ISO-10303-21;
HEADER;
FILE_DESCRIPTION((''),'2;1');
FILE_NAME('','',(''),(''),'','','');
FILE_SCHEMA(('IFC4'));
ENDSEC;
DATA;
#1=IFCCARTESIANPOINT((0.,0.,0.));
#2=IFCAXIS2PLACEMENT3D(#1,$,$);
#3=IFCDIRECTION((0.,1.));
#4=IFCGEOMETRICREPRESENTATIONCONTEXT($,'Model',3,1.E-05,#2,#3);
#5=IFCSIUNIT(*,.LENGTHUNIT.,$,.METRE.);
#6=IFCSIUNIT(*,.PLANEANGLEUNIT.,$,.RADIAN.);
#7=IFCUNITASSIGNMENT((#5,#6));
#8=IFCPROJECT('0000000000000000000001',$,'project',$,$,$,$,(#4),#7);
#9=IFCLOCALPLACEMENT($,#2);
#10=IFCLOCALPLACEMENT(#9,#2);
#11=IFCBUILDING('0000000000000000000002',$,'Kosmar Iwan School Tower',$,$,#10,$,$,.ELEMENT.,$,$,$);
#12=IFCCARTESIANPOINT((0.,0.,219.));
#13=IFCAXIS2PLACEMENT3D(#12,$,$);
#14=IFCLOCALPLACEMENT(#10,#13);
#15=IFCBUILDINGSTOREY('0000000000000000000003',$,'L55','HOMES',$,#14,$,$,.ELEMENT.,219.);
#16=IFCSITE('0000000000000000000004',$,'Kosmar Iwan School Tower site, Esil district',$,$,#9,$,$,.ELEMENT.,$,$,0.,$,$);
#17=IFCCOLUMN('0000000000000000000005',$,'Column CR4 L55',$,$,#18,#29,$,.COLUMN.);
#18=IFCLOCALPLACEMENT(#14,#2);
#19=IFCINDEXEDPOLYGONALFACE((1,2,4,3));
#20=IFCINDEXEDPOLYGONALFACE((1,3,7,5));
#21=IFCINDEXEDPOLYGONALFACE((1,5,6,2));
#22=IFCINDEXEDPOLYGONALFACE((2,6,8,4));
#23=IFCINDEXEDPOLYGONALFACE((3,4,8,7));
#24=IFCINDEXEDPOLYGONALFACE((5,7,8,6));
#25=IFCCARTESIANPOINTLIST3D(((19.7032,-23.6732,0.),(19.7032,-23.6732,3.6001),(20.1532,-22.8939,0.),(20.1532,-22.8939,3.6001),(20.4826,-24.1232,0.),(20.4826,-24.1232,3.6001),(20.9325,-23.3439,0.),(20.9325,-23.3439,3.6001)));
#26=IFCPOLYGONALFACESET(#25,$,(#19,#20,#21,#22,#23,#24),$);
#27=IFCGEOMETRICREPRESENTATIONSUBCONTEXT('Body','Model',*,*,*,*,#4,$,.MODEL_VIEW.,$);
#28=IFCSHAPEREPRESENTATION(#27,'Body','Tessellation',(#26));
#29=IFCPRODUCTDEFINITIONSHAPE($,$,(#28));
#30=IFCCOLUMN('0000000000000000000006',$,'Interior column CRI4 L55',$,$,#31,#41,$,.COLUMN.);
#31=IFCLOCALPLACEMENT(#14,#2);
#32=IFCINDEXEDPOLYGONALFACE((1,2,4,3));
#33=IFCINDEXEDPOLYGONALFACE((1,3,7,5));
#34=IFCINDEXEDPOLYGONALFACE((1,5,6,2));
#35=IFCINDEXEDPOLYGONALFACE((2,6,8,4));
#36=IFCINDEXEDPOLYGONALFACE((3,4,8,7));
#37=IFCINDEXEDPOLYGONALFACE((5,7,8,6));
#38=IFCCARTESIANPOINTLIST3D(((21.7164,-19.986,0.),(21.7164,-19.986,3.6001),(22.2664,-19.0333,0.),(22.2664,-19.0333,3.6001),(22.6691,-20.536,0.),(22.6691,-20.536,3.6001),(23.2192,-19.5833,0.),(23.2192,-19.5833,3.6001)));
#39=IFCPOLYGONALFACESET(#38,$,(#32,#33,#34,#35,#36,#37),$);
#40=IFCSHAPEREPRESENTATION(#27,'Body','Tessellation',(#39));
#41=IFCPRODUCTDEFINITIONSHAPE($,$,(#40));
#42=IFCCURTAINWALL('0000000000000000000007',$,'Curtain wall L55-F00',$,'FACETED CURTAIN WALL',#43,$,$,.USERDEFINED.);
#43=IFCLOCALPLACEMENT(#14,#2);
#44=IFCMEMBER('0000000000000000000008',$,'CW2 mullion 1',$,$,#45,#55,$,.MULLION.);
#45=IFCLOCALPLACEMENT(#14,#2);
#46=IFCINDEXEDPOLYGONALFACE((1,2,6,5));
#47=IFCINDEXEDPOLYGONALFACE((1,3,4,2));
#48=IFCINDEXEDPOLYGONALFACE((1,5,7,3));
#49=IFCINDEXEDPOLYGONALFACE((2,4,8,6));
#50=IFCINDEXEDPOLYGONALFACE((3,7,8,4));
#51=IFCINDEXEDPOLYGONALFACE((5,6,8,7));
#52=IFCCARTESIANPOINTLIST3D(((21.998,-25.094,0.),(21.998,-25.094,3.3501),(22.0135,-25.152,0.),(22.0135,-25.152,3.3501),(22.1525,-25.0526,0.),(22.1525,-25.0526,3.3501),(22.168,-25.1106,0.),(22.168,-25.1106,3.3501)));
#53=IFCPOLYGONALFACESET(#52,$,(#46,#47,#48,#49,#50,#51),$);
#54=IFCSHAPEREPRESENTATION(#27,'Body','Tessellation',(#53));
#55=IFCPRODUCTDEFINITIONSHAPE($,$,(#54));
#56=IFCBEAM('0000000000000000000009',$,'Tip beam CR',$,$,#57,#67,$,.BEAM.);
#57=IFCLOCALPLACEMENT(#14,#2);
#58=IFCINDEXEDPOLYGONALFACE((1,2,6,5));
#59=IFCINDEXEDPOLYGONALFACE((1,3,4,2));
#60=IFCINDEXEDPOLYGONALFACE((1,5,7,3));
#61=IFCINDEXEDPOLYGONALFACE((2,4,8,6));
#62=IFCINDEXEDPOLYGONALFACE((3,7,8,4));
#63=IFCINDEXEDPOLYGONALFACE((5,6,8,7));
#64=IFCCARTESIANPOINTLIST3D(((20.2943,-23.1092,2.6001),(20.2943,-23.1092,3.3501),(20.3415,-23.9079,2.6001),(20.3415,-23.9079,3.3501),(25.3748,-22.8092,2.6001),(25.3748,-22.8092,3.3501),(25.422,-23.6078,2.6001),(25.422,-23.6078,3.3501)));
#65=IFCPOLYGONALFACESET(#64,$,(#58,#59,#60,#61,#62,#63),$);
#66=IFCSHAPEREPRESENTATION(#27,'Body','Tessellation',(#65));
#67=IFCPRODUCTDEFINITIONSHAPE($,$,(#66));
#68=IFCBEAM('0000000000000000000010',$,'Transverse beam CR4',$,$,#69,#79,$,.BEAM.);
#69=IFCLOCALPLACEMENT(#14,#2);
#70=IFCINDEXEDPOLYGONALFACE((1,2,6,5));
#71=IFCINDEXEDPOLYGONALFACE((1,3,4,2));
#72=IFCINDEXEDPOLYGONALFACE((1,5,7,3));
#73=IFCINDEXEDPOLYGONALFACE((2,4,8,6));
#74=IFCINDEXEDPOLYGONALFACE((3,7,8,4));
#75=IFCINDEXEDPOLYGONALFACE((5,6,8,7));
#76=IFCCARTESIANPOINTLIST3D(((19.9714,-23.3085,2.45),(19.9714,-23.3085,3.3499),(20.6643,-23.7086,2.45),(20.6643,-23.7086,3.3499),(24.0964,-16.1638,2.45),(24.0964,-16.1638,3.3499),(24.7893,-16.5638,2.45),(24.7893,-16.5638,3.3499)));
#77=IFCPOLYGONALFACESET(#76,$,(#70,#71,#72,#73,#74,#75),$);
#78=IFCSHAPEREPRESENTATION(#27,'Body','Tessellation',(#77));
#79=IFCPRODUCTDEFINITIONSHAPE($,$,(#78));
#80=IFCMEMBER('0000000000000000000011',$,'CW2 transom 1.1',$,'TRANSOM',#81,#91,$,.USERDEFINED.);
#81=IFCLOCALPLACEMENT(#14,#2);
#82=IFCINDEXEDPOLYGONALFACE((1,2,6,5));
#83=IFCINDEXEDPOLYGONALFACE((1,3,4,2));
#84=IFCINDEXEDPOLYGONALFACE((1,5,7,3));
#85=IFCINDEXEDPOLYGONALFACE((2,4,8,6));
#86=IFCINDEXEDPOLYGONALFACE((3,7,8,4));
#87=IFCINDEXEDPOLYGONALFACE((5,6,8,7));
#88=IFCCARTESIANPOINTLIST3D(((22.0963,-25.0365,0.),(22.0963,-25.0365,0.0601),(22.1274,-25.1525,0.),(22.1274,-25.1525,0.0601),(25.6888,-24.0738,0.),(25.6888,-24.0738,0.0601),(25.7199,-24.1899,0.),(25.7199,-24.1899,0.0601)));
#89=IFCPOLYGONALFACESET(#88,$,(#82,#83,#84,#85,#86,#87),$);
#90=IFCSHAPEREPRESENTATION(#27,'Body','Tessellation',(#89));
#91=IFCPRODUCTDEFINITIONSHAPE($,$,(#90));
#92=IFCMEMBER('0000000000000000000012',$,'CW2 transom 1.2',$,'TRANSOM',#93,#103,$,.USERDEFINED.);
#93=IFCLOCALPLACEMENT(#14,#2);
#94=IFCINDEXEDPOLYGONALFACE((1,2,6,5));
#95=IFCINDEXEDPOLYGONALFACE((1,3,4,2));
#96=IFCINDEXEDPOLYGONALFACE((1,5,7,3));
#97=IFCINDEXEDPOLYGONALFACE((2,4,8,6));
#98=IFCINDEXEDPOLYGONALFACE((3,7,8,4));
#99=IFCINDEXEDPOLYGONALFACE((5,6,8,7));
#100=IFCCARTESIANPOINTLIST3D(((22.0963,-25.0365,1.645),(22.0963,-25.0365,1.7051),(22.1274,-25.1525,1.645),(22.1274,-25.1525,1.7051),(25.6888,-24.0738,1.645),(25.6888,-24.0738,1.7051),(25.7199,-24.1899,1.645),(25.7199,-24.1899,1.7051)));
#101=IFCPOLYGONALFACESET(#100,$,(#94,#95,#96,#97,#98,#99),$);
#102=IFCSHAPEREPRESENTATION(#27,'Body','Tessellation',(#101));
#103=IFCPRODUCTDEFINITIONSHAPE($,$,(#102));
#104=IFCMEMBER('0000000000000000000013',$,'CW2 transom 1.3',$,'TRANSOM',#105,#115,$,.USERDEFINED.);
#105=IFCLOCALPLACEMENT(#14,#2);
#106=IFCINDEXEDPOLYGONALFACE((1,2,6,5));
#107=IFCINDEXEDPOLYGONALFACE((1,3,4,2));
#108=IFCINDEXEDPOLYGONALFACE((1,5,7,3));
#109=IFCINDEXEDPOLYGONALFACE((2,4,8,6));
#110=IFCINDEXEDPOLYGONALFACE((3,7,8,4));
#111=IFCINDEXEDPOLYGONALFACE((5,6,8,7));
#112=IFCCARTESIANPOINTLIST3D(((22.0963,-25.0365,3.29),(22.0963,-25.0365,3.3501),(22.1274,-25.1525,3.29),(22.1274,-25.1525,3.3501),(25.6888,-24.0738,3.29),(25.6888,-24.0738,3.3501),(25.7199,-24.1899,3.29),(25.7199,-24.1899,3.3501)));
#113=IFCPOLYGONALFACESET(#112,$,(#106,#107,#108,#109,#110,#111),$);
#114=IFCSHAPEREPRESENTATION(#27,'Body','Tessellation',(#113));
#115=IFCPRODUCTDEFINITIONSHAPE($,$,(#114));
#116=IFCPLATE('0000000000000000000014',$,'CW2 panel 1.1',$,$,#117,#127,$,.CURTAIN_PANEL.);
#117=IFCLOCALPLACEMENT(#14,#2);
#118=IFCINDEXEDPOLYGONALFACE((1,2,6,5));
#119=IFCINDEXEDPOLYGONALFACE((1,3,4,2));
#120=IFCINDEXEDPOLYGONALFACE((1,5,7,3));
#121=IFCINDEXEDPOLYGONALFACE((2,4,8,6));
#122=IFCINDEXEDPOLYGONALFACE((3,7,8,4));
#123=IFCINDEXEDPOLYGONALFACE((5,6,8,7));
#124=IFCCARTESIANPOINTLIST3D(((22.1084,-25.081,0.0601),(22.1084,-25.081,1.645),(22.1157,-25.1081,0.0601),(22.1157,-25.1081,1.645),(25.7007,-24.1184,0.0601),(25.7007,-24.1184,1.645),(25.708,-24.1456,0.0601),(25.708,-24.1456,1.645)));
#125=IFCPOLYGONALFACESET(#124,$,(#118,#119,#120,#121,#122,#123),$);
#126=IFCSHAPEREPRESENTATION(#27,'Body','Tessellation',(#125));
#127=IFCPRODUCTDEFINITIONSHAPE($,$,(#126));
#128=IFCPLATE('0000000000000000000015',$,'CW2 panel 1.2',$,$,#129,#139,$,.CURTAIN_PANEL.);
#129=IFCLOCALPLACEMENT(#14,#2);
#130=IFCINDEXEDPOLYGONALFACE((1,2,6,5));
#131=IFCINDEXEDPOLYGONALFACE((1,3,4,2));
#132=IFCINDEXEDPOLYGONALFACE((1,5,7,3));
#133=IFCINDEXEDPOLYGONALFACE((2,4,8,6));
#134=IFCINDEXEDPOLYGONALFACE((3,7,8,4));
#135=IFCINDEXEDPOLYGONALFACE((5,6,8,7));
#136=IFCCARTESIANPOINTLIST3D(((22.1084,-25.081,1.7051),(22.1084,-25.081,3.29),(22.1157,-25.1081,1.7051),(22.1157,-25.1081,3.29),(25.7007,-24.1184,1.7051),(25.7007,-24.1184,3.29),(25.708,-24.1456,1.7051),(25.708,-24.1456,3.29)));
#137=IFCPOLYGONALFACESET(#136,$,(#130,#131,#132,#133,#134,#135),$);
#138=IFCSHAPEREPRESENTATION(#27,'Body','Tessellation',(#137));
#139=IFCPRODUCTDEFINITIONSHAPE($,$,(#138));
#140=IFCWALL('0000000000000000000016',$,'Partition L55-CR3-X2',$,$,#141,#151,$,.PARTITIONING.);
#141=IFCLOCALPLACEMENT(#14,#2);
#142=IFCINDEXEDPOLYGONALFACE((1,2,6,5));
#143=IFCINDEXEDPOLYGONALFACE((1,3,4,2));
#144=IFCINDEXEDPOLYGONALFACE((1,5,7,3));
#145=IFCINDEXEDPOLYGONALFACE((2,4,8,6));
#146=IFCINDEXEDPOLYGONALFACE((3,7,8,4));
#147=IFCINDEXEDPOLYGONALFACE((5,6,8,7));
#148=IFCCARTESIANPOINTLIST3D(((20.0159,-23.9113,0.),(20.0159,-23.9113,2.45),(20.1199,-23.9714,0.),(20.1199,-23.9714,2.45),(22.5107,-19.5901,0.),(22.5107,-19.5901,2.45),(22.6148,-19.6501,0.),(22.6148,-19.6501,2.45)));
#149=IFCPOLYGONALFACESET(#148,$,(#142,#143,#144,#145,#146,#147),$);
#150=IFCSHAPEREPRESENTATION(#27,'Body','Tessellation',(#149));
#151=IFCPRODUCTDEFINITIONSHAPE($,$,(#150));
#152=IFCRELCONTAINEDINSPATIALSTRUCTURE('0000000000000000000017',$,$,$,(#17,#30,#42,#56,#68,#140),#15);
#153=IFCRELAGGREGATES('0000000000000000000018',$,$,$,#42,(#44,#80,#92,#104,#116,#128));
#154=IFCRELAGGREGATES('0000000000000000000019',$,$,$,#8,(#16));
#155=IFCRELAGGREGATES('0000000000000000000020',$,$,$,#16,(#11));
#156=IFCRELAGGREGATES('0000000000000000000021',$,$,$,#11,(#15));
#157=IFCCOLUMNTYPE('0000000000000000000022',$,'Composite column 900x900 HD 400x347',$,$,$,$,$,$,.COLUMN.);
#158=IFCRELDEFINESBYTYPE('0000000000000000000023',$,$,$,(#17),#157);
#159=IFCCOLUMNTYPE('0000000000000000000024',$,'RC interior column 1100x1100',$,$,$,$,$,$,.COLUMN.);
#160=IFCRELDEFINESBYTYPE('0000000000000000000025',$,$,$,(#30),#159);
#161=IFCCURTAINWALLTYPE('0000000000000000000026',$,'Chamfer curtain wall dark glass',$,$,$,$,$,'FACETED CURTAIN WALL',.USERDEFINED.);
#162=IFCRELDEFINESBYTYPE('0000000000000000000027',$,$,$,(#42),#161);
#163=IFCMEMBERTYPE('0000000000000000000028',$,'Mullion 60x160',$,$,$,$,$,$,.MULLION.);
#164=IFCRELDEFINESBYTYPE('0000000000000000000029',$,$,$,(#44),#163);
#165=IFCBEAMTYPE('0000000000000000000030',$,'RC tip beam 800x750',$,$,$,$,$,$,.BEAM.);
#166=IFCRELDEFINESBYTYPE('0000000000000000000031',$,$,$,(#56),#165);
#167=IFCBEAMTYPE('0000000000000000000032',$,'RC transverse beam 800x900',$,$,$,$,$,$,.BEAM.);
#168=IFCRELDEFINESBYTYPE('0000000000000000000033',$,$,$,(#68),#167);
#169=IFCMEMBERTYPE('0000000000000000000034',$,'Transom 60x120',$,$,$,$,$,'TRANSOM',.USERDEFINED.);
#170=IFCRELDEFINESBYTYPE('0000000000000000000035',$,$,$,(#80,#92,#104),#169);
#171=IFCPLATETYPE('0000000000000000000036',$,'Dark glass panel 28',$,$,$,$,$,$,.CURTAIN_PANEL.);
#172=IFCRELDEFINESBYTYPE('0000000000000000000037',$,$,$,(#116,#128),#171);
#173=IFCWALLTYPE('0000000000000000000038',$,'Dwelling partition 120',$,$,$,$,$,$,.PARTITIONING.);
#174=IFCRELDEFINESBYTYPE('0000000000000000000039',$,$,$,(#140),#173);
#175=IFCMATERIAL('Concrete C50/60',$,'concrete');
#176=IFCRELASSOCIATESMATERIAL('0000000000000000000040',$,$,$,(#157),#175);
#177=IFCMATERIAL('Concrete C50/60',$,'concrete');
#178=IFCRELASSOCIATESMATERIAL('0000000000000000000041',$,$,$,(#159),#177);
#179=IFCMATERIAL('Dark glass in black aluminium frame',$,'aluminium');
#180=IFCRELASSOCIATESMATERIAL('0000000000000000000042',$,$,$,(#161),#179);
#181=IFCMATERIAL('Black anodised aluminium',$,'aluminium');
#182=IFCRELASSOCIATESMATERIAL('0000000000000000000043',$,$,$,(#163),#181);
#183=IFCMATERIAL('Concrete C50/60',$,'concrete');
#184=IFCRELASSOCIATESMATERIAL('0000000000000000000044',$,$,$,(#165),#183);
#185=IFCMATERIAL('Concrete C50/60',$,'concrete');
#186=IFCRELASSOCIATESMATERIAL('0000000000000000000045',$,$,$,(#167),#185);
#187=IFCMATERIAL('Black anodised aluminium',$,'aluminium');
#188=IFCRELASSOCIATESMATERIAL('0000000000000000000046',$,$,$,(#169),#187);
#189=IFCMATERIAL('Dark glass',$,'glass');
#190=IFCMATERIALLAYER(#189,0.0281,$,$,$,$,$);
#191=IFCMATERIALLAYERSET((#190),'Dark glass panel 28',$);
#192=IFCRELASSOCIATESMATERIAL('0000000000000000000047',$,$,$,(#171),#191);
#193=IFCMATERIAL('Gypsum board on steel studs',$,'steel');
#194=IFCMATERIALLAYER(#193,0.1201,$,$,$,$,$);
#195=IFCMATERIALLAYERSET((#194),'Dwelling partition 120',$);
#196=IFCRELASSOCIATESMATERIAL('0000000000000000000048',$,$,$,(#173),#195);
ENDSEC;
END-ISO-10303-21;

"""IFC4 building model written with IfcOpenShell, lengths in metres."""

from ifc_helpers import new_model, si_unit, direction, frame, frame_2d, origin, origin_2d, place, context, subcontext, project, spatial, rectangle, extrude, material, layer, layer_set, material_profile, profile_set, type_object, element, aggregate, save


model = new_model("IFC4")

# Units and contexts
model_context = context("Model", 3, precision=1e-05, world=origin(), true_north=direction((0.0, 1.0)))
body_context = subcontext(model_context, "Body", "Model", "MODEL_VIEW")
ifc_project = project(units=[si_unit("LENGTHUNIT", "METRE"), si_unit("PLANEANGLEUNIT", "RADIAN")], contexts=[model_context])

# Site, building, storey
site_placement = place(None, origin())
site = spatial("IfcSite", under=ifc_project, at=site_placement, Name="Kosmar Iwan School Tower site, Esil district", CompositionType="ELEMENT", RefElevation=0.0)
building_placement = place(site_placement, origin())
building = spatial("IfcBuilding", under=site, at=building_placement, Name="Kosmar Iwan School Tower", CompositionType="ELEMENT")
storey_placement = place(building_placement, frame((0.0, 0.0, 219.0)))
storey = spatial("IfcBuildingStorey", under=building, at=storey_placement, Name="L55", Description="HOMES", CompositionType="ELEMENT", Elevation=219.0)

# Columns
ifc_material_1 = material(Name="Concrete C50/60", Category="concrete")
ifc_material_profile_1 = material_profile(ifc_material_1, rectangle(XDim=0.8999, YDim=0.8999, at=origin_2d()), Name="RC 900x900 + HD 400x347")
ifc_profile_set_1 = profile_set([ifc_material_profile_1], Name="Concrete C50/60")
column_type_1 = type_object("IfcColumnType", Name="Composite column 900x900 HD 400x347", PredefinedType="COLUMN", material=ifc_profile_set_1)
column_1_placement = place(storey_placement, frame((20.3179, -23.5085, 0.0), z_axis=(0.0, 0.0, 1.0), x_axis=(0.866025, -0.5, 0.0)))
element("IfcColumn", 1, at=column_1_placement, inside=storey, type_object=column_type_1, Name="Column CR4 L55", PredefinedType="COLUMN", context=body_context, shape_type="SweptSolid", body=[
    extrude(rectangle(XDim=0.8999, YDim=0.8999, at=origin_2d()), origin(), (0.0, 0.0, 1.0), 3.6001),
])
ifc_material_2 = material(Name="Concrete C50/60", Category="concrete")
ifc_material_profile_2 = material_profile(ifc_material_2, rectangle(XDim=1.1001, YDim=1.1001, at=origin_2d()), Name="RC 1100x1100")
ifc_profile_set_2 = profile_set([ifc_material_profile_2], Name="Concrete C50/60")
column_type_2 = type_object("IfcColumnType", Name="RC interior column 1100x1100", PredefinedType="COLUMN", material=ifc_profile_set_2)
column_2_placement = place(storey_placement, frame((22.4678, -19.7847, 0.0), z_axis=(0.0, 0.0, 1.0), x_axis=(0.866025, -0.5, 0.0)))
element("IfcColumn", 2, at=column_2_placement, inside=storey, type_object=column_type_2, Name="Interior column CRI4 L55", PredefinedType="COLUMN", context=body_context, shape_type="SweptSolid", body=[
    extrude(rectangle(XDim=1.1001, YDim=1.1001, at=origin_2d()), origin(), (0.0, 0.0, 1.0), 3.6001),
])

# Curtain wall, member
ifc_material_3 = material(Name="Dark glass in black aluminium frame", Category="aluminium")
curtain_wall_type = type_object("IfcCurtainWallType", Name="Chamfer curtain wall dark glass", ElementType="FACETED CURTAIN WALL", PredefinedType="USERDEFINED", material=ifc_material_3)
curtain_wall_placement = place(storey_placement, origin())
curtain_wall = element("IfcCurtainWall", 3, at=curtain_wall_placement, inside=storey, type_object=curtain_wall_type, Name="Curtain wall L55-F00", ObjectType="FACETED CURTAIN WALL", PredefinedType="USERDEFINED")
ifc_material_4 = material(Name="Black anodised aluminium", Category="aluminium")
ifc_material_profile_3 = material_profile(ifc_material_4, rectangle(XDim=0.0601, YDim=0.1599, at=origin_2d()), Name="MULLION 60x160")
ifc_profile_set_3 = profile_set([ifc_material_profile_3], Name="Black anodised aluminium")
member_type_1 = type_object("IfcMemberType", Name="Mullion 60x160", PredefinedType="MULLION", material=ifc_profile_set_3)
member_1_placement = place(storey_placement, frame((22.083, -25.1023, 0.0), z_axis=(0.0, 0.0, 1.0), x_axis=(-0.258819, 0.965926, 0.0)))
member_1 = element("IfcMember", 4, at=member_1_placement, type_object=member_type_1, Name="CW2 mullion 1", PredefinedType="MULLION", context=body_context, shape_type="SweptSolid", body=[
    extrude(rectangle(XDim=0.0601, YDim=0.1599, at=origin_2d()), origin(), (0.0, 0.0, 1.0), 3.3501),
])

# Beams
ifc_material_5 = material(Name="Concrete C50/60", Category="concrete")
ifc_material_profile_4 = material_profile(ifc_material_5, rectangle(XDim=0.8, YDim=0.75, at=origin_2d()), Name="RC 800x750")
ifc_profile_set_4 = profile_set([ifc_material_profile_4], Name="Concrete C50/60")
beam_type_1 = type_object("IfcBeamType", Name="RC tip beam 800x750", PredefinedType="BEAM", material=ifc_profile_set_4)
beam_1_placement = place(storey_placement, frame((20.3179, -23.5085, 2.9751), z_axis=(0.998261, 0.058955, 0.0), x_axis=(-0.058955, 0.998261, 0.0)))
element("IfcBeam", 5, at=beam_1_placement, inside=storey, type_object=beam_type_1, Name="Tip beam CR", PredefinedType="BEAM", context=body_context, shape_type="SweptSolid", body=[
    extrude(rectangle(XDim=0.8, YDim=0.75, at=origin_2d()), origin(), (0.0, 0.0, 1.0), 5.0894),
])
ifc_material_6 = material(Name="Concrete C50/60", Category="concrete")
ifc_material_profile_5 = material_profile(ifc_material_6, rectangle(XDim=0.8, YDim=0.8999, at=origin_2d()), Name="RC 800x900")
ifc_profile_set_5 = profile_set([ifc_material_profile_5], Name="Concrete C50/60")
beam_type_2 = type_object("IfcBeamType", Name="RC transverse beam 800x900", PredefinedType="BEAM", material=ifc_profile_set_5)
beam_2_placement = place(storey_placement, frame((20.3179, -23.5085, 2.8999), z_axis=(0.499997, 0.866027, 0.0), x_axis=(-0.866027, 0.499997, 0.0)))
element("IfcBeam", 6, at=beam_2_placement, inside=storey, type_object=beam_type_2, Name="Transverse beam CR4", PredefinedType="BEAM", context=body_context, shape_type="SweptSolid", body=[
    extrude(rectangle(XDim=0.8, YDim=0.8999, at=origin_2d()), origin(), (0.0, 0.0, 1.0), 8.25),
])

# Members
ifc_material_7 = material(Name="Black anodised aluminium", Category="aluminium")
ifc_material_profile_6 = material_profile(ifc_material_7, rectangle(XDim=0.1201, YDim=0.0601, at=origin_2d()), Name="TRANSOM 60x120")
ifc_profile_set_6 = profile_set([ifc_material_profile_6], Name="Black anodised aluminium")
member_type_2 = type_object("IfcMemberType", Name="Transom 60x120", ElementType="TRANSOM", PredefinedType="USERDEFINED", material=ifc_profile_set_6)
member_2_placement = place(storey_placement, frame((22.1118, -25.0945, 0.03), z_axis=(0.965924, 0.258827, 0.0), x_axis=(-0.258827, 0.965924, 0.0)))
member_2 = element("IfcMember", 7, at=member_2_placement, type_object=member_type_2, Name="CW2 transom 1.1", ObjectType="TRANSOM", PredefinedType="USERDEFINED", context=body_context, shape_type="SweptSolid", body=[
    extrude(rectangle(XDim=0.1201, YDim=0.0601, at=origin_2d()), origin(), (0.0, 0.0, 1.0), 3.7192),
])
member_3_placement = place(storey_placement, frame((22.1118, -25.0945, 1.675), z_axis=(0.965924, 0.258827, 0.0), x_axis=(-0.258827, 0.965924, 0.0)))
member_3 = element("IfcMember", 8, at=member_3_placement, type_object=member_type_2, Name="CW2 transom 1.2", ObjectType="TRANSOM", PredefinedType="USERDEFINED", context=body_context, shape_type="SweptSolid", body=[
    extrude(rectangle(XDim=0.1201, YDim=0.0601, at=origin_2d()), origin(), (0.0, 0.0, 1.0), 3.7192),
])
member_4_placement = place(storey_placement, frame((22.1118, -25.0945, 3.3201), z_axis=(0.965924, 0.258827, 0.0), x_axis=(-0.258827, 0.965924, 0.0)))
member_4 = element("IfcMember", 9, at=member_4_placement, type_object=member_type_2, Name="CW2 transom 1.3", ObjectType="TRANSOM", PredefinedType="USERDEFINED", context=body_context, shape_type="SweptSolid", body=[
    extrude(rectangle(XDim=0.1201, YDim=0.0601, at=origin_2d()), origin(), (0.0, 0.0, 1.0), 3.7192),
])

# Plates
ifc_material_8 = material(Name="Dark glass", Category="glass")
ifc_layer_1 = layer(ifc_material_8, 0.0281)
ifc_layer_set_1 = layer_set([ifc_layer_1], Name="Dark glass panel 28")
plate_type = type_object("IfcPlateType", Name="Dark glass panel 28", PredefinedType="CURTAIN_PANEL", material=ifc_layer_set_1)
plate_1_placement = place(storey_placement, frame((23.9082, -24.6133, 0.0601), z_axis=(0.0, 0.0, 1.0), x_axis=(0.965926, 0.258819, 0.0)))
plate_1 = element("IfcPlate", 10, at=plate_1_placement, type_object=plate_type, Name="CW2 panel 1.1", PredefinedType="CURTAIN_PANEL", context=body_context, shape_type="SweptSolid", body=[
    extrude(rectangle(XDim=3.719, YDim=0.0281, at=origin_2d()), origin(), (0.0, 0.0, 1.0), 1.585),
])
plate_2_placement = place(storey_placement, frame((23.9082, -24.6133, 1.7051), z_axis=(0.0, 0.0, 1.0), x_axis=(0.965926, 0.258819, 0.0)))
plate_2 = element("IfcPlate", 11, at=plate_2_placement, type_object=plate_type, Name="CW2 panel 1.2", PredefinedType="CURTAIN_PANEL", context=body_context, shape_type="SweptSolid", body=[
    extrude(rectangle(XDim=3.719, YDim=0.0281, at=origin_2d()), origin(), (0.0, 0.0, 1.0), 1.585),
])
aggregate(curtain_wall, [member_1, member_2, member_3, member_4, plate_1, plate_2])

# Wall
ifc_material_9 = material(Name="Gypsum board on steel studs", Category="steel")
ifc_layer_2 = layer(ifc_material_9, 0.1201)
ifc_layer_set_2 = layer_set([ifc_layer_2], Name="Dwelling partition 120")
wall_type = type_object("IfcWallType", Name="Dwelling partition 120", PredefinedType="PARTITIONING", material=ifc_layer_set_2)
wall_placement = place(storey_placement, frame((22.5627, -19.6201, 0.0), z_axis=(0.0, 0.0, 1.0), x_axis=(-0.499996, -0.866028, 0.0)))
element("IfcWall", 12, at=wall_placement, inside=storey, type_object=wall_type, Name="Partition L55-CR3-X2", PredefinedType="PARTITIONING", context=body_context, shape_type="SweptSolid", body=[
    extrude(rectangle(XDim=4.9897, YDim=0.1201, at=frame_2d((2.4949, 0.0))), origin(), (0.0, 0.0, 1.0), 2.45),
])

save(model, "model.ifc")
